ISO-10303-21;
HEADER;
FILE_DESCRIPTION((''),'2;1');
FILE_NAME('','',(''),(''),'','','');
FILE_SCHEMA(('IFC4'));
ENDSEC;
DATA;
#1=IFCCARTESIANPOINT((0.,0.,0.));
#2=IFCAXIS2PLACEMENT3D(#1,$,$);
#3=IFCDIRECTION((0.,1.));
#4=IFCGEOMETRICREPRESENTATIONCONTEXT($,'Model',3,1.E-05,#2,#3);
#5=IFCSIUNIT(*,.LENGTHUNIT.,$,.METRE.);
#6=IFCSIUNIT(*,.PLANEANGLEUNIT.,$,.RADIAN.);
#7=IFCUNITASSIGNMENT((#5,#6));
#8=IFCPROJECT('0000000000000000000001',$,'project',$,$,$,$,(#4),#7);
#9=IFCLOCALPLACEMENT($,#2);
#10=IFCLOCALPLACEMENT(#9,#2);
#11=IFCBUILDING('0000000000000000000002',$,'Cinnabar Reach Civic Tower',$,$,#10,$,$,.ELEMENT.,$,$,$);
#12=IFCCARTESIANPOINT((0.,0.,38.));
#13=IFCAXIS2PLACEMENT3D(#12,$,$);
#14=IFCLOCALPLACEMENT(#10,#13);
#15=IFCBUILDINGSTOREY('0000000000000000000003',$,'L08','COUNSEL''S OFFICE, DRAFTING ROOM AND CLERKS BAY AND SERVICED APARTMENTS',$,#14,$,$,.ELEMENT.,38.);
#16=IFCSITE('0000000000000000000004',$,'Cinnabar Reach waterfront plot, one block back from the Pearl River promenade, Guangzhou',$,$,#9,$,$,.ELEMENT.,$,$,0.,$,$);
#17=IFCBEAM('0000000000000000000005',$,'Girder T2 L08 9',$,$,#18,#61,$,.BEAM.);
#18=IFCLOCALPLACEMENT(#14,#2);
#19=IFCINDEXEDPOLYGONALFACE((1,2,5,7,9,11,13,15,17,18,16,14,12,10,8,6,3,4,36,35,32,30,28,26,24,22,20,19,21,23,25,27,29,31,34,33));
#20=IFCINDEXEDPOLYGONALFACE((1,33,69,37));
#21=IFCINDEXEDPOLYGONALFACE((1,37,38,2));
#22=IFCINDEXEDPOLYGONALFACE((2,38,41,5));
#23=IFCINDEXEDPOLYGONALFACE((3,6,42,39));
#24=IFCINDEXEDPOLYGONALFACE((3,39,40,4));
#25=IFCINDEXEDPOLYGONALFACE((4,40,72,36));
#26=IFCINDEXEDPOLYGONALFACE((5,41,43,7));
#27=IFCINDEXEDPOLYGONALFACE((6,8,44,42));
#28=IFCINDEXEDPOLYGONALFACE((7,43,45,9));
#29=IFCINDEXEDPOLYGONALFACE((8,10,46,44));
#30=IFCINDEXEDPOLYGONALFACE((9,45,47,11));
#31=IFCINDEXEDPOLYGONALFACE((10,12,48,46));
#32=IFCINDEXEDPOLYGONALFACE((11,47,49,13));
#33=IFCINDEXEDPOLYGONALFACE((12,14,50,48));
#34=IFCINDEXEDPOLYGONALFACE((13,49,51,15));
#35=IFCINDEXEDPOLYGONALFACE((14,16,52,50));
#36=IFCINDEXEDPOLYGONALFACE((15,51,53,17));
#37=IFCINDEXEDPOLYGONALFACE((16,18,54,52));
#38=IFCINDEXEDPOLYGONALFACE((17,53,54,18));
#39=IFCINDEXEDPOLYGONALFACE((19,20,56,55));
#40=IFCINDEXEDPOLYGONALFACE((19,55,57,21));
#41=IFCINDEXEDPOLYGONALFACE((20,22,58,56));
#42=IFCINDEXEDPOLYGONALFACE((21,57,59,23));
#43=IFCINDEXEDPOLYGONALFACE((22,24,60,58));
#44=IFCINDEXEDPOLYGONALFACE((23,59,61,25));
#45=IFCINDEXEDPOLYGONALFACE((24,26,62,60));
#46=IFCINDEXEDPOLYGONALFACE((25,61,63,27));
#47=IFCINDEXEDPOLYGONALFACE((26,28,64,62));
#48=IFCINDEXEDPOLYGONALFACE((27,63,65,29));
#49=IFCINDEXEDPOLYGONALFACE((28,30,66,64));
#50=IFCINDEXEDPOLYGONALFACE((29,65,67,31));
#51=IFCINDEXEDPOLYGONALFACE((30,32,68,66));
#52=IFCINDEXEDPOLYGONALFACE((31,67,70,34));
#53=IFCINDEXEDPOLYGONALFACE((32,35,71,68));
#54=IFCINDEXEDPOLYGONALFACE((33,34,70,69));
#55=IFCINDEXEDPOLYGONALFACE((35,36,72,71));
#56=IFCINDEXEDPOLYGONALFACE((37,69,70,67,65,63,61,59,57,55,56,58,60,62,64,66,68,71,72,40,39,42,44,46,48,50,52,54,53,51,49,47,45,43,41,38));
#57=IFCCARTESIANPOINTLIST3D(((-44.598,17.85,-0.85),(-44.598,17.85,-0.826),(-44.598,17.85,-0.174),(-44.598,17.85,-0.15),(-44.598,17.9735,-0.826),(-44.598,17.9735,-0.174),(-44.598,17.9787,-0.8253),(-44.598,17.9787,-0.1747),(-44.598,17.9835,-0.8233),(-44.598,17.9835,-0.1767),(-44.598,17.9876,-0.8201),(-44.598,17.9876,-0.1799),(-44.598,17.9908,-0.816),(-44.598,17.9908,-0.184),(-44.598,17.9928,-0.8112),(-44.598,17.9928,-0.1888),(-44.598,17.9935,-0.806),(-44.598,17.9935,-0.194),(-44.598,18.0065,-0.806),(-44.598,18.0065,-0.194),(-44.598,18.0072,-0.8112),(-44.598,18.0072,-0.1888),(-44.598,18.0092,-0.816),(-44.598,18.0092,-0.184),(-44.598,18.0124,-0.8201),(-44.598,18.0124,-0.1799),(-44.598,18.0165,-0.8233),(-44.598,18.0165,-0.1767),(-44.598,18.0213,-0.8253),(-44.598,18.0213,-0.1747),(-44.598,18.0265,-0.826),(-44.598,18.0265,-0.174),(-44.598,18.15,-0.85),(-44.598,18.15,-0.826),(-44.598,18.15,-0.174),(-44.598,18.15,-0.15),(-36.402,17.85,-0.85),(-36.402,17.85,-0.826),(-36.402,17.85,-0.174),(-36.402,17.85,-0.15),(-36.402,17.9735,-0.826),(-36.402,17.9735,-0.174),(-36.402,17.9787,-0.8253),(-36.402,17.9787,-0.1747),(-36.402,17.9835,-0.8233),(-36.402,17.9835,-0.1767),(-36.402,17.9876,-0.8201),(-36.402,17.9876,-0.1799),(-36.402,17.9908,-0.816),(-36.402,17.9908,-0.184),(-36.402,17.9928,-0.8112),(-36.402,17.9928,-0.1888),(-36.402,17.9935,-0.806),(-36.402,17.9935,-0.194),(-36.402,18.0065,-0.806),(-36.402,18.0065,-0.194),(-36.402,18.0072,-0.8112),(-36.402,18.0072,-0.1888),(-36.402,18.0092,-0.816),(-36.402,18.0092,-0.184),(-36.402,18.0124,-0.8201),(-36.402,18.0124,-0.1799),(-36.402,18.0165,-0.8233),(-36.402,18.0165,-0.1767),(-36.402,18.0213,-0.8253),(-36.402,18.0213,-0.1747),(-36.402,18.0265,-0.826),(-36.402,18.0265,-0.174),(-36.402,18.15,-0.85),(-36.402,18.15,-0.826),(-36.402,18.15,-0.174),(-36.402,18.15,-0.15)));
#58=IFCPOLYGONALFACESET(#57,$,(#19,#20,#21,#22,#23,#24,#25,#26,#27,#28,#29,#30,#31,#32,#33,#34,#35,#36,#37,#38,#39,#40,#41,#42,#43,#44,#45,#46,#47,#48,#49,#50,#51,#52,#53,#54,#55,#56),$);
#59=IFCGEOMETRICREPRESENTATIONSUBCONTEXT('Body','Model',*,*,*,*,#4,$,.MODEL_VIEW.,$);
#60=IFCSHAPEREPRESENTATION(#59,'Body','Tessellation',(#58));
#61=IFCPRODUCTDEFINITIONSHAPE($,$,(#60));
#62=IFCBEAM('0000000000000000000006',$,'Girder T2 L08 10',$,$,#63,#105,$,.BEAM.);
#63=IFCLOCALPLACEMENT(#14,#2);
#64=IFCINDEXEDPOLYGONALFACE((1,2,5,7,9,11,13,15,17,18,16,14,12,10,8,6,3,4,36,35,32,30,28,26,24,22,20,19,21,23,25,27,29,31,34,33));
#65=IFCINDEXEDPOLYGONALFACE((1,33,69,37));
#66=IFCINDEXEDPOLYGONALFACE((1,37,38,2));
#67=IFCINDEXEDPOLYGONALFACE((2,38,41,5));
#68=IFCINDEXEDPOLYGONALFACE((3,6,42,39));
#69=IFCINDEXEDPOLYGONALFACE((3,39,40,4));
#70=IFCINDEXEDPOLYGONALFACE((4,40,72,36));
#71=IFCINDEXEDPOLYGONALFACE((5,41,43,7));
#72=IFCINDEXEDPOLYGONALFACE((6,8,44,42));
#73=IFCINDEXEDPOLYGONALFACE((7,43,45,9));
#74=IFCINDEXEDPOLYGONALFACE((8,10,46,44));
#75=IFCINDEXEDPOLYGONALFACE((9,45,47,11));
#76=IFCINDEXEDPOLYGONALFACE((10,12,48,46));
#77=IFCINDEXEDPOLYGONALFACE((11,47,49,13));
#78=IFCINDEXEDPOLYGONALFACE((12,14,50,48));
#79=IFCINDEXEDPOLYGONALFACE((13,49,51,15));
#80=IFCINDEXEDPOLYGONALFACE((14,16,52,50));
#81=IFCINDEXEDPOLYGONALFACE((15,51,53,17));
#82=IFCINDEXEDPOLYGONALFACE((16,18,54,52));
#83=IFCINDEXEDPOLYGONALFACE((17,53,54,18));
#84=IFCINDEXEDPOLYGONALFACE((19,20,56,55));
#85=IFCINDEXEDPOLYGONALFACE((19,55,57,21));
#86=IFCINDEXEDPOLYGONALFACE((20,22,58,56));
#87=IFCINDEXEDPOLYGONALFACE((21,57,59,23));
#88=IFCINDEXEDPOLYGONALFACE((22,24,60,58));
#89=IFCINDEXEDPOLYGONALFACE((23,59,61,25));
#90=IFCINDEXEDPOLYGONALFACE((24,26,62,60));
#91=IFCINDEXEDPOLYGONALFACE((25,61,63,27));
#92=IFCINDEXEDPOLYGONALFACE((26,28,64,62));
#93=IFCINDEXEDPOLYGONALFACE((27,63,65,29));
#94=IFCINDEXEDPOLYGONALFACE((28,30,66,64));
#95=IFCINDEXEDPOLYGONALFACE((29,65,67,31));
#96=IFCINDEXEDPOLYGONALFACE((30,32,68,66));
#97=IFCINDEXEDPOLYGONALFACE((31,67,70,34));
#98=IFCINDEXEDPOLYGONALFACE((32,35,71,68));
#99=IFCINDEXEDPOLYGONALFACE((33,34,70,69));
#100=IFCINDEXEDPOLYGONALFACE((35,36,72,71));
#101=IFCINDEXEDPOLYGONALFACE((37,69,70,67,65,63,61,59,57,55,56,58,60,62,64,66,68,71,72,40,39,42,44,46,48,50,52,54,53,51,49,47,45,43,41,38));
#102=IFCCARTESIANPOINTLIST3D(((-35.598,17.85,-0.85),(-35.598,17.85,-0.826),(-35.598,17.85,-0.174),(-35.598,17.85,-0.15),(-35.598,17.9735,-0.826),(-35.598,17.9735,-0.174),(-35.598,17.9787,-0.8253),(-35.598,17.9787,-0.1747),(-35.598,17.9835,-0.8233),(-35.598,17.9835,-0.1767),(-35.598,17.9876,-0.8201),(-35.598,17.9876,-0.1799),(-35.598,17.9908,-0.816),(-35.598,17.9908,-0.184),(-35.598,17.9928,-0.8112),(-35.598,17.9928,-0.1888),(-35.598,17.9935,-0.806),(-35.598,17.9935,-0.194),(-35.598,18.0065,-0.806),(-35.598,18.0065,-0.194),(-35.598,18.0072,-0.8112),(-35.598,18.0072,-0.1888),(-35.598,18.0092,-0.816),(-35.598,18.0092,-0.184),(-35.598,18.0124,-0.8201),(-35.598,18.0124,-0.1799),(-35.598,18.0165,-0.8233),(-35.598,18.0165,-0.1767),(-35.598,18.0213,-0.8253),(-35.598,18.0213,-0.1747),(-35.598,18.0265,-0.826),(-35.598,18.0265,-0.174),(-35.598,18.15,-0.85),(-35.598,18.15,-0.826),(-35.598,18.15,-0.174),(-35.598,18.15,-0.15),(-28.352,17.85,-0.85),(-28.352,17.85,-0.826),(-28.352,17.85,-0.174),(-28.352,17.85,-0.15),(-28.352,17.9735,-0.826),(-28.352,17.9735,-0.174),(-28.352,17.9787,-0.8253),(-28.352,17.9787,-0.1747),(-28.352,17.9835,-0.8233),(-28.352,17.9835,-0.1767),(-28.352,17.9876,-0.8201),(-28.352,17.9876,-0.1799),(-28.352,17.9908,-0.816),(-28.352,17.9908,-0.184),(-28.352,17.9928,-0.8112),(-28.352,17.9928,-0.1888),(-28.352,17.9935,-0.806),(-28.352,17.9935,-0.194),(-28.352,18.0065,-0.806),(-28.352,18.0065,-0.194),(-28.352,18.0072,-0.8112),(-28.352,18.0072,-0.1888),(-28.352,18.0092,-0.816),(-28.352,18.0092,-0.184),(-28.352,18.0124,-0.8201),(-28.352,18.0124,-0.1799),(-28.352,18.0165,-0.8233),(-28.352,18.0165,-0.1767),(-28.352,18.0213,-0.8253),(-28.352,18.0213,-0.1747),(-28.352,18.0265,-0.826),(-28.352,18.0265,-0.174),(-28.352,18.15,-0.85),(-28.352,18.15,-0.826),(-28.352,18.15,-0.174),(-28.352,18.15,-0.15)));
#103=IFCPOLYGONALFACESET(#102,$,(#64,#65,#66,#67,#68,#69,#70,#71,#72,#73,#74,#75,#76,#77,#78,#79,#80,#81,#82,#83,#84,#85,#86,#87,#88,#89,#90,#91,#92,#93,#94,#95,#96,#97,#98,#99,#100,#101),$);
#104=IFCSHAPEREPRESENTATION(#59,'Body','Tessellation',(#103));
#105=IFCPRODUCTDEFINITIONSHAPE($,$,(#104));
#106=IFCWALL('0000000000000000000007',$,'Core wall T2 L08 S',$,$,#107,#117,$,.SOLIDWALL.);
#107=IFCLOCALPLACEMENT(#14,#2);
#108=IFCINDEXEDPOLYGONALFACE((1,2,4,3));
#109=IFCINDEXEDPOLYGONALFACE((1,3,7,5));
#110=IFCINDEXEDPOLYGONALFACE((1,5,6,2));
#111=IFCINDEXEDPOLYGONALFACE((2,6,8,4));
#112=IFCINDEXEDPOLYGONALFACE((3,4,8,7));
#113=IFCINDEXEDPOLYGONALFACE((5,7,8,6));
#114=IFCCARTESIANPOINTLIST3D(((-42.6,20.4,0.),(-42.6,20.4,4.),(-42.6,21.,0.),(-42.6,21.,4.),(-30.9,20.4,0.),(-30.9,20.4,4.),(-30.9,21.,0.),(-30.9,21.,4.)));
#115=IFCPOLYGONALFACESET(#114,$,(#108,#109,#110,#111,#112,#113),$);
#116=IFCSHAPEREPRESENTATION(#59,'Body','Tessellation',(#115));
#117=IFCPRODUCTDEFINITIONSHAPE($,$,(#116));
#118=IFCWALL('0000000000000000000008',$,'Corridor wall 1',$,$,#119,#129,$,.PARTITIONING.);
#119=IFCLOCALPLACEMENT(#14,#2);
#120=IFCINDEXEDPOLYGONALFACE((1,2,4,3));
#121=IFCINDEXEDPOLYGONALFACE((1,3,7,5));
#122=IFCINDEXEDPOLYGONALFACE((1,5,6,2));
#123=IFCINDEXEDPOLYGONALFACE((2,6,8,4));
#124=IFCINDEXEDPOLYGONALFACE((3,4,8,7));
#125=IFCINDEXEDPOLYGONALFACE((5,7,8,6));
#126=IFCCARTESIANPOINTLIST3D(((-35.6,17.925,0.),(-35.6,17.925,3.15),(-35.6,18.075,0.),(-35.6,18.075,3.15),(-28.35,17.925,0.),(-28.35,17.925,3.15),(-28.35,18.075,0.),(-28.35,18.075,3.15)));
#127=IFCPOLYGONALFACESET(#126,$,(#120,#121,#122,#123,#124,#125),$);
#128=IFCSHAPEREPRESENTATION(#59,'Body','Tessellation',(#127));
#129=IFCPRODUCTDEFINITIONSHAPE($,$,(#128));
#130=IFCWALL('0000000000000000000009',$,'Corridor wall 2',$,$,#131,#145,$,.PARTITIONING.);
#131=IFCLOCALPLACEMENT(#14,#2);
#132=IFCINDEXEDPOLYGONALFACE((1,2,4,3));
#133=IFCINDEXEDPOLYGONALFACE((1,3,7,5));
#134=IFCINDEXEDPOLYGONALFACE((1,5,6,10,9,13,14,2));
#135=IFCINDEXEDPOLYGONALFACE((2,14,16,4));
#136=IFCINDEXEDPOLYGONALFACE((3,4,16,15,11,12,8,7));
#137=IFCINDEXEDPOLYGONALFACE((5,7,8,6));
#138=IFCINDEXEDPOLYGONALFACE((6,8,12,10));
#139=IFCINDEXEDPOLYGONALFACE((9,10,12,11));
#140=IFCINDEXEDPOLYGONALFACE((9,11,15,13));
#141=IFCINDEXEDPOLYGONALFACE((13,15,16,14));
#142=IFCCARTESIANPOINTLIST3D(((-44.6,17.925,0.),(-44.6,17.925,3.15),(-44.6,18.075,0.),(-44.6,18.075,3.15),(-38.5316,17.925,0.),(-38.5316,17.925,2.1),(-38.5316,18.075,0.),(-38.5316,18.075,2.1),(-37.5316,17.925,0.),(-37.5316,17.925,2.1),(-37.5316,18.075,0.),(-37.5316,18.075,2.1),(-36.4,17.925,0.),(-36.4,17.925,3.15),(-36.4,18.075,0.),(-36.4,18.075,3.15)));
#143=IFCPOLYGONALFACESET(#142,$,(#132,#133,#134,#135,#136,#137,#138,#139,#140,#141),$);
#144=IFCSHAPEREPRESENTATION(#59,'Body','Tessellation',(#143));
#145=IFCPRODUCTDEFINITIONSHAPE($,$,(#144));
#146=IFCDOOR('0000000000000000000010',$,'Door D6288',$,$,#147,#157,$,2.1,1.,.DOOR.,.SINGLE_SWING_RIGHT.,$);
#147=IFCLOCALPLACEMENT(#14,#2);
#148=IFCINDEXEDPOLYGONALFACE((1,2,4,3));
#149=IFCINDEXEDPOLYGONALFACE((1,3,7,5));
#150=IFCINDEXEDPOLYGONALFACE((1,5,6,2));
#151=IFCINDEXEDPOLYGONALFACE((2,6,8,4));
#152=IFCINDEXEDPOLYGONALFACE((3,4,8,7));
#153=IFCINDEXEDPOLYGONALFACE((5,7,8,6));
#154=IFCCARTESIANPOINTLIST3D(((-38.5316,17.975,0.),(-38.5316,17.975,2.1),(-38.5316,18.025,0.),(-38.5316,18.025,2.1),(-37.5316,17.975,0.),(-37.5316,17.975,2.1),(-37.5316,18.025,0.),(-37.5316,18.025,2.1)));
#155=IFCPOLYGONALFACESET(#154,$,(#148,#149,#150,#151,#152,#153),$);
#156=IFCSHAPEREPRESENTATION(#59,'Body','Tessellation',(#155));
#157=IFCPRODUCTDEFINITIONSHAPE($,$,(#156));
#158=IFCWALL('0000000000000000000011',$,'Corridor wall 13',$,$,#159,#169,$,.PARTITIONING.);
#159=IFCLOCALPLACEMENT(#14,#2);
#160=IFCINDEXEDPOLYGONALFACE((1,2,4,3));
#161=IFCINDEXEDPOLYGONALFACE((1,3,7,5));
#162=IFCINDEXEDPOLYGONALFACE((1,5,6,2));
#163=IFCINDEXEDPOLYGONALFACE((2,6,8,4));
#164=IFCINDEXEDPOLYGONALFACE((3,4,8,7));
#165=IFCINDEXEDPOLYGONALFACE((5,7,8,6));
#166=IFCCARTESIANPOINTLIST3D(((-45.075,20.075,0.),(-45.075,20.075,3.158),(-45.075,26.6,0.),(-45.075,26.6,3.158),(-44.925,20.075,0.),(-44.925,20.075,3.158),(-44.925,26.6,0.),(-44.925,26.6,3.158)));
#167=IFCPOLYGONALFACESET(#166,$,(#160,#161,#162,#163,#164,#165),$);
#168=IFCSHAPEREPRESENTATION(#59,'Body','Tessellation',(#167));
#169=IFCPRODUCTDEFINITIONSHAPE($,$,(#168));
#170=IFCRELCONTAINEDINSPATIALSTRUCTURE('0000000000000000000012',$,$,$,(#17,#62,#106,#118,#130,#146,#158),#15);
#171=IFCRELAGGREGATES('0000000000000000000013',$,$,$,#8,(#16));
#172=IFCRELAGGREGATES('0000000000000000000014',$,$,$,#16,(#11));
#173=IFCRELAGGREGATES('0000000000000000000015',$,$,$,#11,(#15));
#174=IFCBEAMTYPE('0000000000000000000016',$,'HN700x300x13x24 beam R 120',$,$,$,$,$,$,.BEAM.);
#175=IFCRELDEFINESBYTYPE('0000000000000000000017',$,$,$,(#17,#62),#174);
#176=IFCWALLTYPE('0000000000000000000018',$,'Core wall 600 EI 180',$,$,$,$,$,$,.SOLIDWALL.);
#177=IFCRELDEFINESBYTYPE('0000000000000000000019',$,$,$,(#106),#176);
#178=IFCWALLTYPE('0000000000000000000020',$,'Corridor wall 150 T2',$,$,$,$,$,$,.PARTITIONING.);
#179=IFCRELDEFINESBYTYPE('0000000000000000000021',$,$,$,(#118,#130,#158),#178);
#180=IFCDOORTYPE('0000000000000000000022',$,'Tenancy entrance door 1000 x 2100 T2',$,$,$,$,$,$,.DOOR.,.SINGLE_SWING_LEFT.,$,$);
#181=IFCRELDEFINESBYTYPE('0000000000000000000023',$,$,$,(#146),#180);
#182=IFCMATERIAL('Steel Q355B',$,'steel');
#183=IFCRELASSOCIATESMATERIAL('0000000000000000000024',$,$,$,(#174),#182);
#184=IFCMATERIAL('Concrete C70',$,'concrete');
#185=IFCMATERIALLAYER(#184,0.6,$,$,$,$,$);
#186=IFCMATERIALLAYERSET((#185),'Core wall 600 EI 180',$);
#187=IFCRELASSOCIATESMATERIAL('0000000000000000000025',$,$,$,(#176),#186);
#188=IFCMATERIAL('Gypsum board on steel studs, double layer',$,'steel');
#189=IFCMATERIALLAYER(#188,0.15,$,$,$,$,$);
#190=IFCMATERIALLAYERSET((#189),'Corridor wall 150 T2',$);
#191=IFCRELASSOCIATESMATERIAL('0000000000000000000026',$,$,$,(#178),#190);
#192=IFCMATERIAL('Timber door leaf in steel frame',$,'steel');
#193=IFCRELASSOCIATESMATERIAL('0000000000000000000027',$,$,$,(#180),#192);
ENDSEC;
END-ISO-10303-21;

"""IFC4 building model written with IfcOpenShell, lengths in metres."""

from ifc_helpers import new_model, si_unit, direction, frame, frame_2d, origin, origin_2d, place, context, subcontext, project, spatial, rectangle, i_section, extrude, material, layer, layer_set, material_profile, profile_set, type_object, element, fill, save


model = new_model("IFC4")

# Units and contexts
model_context = context("Model", 3, precision=1e-05, world=origin(), true_north=direction((0.0, 1.0)))
body_context = subcontext(model_context, "Body", "Model", "MODEL_VIEW")
ifc_project = project(units=[si_unit("LENGTHUNIT", "METRE"), si_unit("PLANEANGLEUNIT", "RADIAN")], contexts=[model_context])

# Site, building, storey
site_placement = place(None, origin())
site = spatial("IfcSite", under=ifc_project, at=site_placement, Name="Cinnabar Reach waterfront plot, one block back from the Pearl River promenade, Guangzhou", CompositionType="ELEMENT", RefElevation=0.0)
building_placement = place(site_placement, origin())
building = spatial("IfcBuilding", under=site, at=building_placement, Name="Cinnabar Reach Civic Tower", CompositionType="ELEMENT")
storey_placement = place(building_placement, frame((0.0, 0.0, 38.0)))
storey = spatial("IfcBuildingStorey", under=building, at=storey_placement, Name="L08", Description="COUNSEL'S OFFICE, DRAFTING ROOM AND CLERKS BAY AND SERVICED APARTMENTS", CompositionType="ELEMENT", Elevation=38.0)

# Beams
ifc_material_1 = material(Name="Steel Q355B", Category="steel")
ifc_material_profile_1 = material_profile(ifc_material_1, i_section(OverallWidth=0.3, OverallDepth=0.7, WebThickness=0.013, FlangeThickness=0.024, FilletRadius=0.02, at=origin_2d()), Name="HN700x300x13x24")
ifc_profile_set_1 = profile_set([ifc_material_profile_1], Name="Steel Q355B")
beam_type_1 = type_object("IfcBeamType", Name="HN700x300x13x24 beam R 120", PredefinedType="BEAM", material=ifc_profile_set_1)
beam_1_placement = place(storey_placement, frame((-44.598, 18.0, -0.5), z_axis=(1.0, 0.0, 0.0), x_axis=(0.0, 1.0, 0.0)))
element("IfcBeam", 1, at=beam_1_placement, inside=storey, type_object=beam_type_1, Name="Girder T2 L08 9", PredefinedType="BEAM", context=body_context, shape_type="SweptSolid", body=[
    extrude(i_section(OverallWidth=0.3, OverallDepth=0.7, WebThickness=0.013, FlangeThickness=0.024, FilletRadius=0.02, at=origin_2d()), origin(), (0.0, 0.0, 1.0), 8.196),
])
beam_2_placement = place(storey_placement, frame((-35.598, 18.0, -0.5), z_axis=(1.0, 0.0, 0.0), x_axis=(0.0, 1.0, 0.0)))
element("IfcBeam", 2, at=beam_2_placement, inside=storey, type_object=beam_type_1, Name="Girder T2 L08 10", PredefinedType="BEAM", context=body_context, shape_type="SweptSolid", body=[
    extrude(i_section(OverallWidth=0.3, OverallDepth=0.7, WebThickness=0.013, FlangeThickness=0.024, FilletRadius=0.02, at=origin_2d()), origin(), (0.0, 0.0, 1.0), 7.246),
])

# Walls
ifc_material_2 = material(Name="Concrete C70", Category="concrete")
ifc_layer_1 = layer(ifc_material_2, 0.6)
ifc_layer_set_1 = layer_set([ifc_layer_1], Name="Core wall 600 EI 180")
wall_type_1 = type_object("IfcWallType", Name="Core wall 600 EI 180", PredefinedType="SOLIDWALL", material=ifc_layer_set_1)
wall_1_placement = place(storey_placement, frame((-42.6, 20.7, 0.0), z_axis=(0.0, 0.0, 1.0), x_axis=(1.0, 0.0, 0.0)))
element("IfcWall", 3, at=wall_1_placement, inside=storey, type_object=wall_type_1, Name="Core wall T2 L08 S", PredefinedType="SOLIDWALL", context=body_context, shape_type="SweptSolid", body=[
    extrude(rectangle(XDim=11.7, YDim=0.6, at=frame_2d((5.85, 0.0))), origin(), (0.0, 0.0, 1.0), 4.0),
])
ifc_material_3 = material(Name="Gypsum board on steel studs, double layer", Category="steel")
ifc_layer_2 = layer(ifc_material_3, 0.15)
ifc_layer_set_2 = layer_set([ifc_layer_2], Name="Corridor wall 150 T2")
wall_type_2 = type_object("IfcWallType", Name="Corridor wall 150 T2", PredefinedType="PARTITIONING", material=ifc_layer_set_2)
wall_2_placement = place(storey_placement, frame((-35.6, 18.0, 0.0), z_axis=(0.0, 0.0, 1.0), x_axis=(1.0, 0.0, 0.0)))
element("IfcWall", 4, at=wall_2_placement, inside=storey, type_object=wall_type_2, Name="Corridor wall 1", PredefinedType="PARTITIONING", context=body_context, shape_type="SweptSolid", body=[
    extrude(rectangle(XDim=7.25, YDim=0.15, at=frame_2d((3.625, 0.0))), origin(), (0.0, 0.0, 1.0), 3.15),
])

# Wall, opening, door
wall_3_placement = place(storey_placement, frame((-44.6, 18.0, 0.0), z_axis=(0.0, 0.0, 1.0), x_axis=(1.0, 0.0, 0.0)))
wall_3 = element("IfcWall", 5, at=wall_3_placement, inside=storey, type_object=wall_type_2, Name="Corridor wall 2", PredefinedType="PARTITIONING", context=body_context, shape_type="SweptSolid", body=[
    extrude(rectangle(XDim=8.2, YDim=0.15, at=frame_2d((4.1, 0.0))), origin(), (0.0, 0.0, 1.0), 3.15),
])
opening_1_placement = place(wall_3_placement, frame((6.0684, 0.0, 0.0)))
opening_1 = element("IfcOpeningElement", 6, at=opening_1_placement, cuts=wall_3, PredefinedType="OPENING", context=body_context, shape_type="SweptSolid", body=[
    extrude(rectangle(XDim=1.0, YDim=2.1, at=frame_2d((0.5, 1.05))), frame((0.0, 0.085, 0.0), z_axis=(0.0, -1.0, 0.0), x_axis=(1.0, 0.0, 0.0)), (0.0, 0.0, 1.0), 0.17),
])
ifc_material_4 = material(Name="Timber door leaf in steel frame", Category="steel")
door_type_1 = type_object("IfcDoorType", Name="Tenancy entrance door 1000 x 2100 T2", OperationType="SINGLE_SWING_LEFT", PredefinedType="DOOR", material=ifc_material_4)
door_1_placement = place(opening_1_placement, frame((1.0, 0.0, 0.0), z_axis=(0.0, 0.0, 1.0), x_axis=(-1.0, 0.0, 0.0)))
door_1 = element("IfcDoor", 7, at=door_1_placement, inside=storey, type_object=door_type_1, Name="Door D6288", OperationType="SINGLE_SWING_RIGHT", OverallHeight=2.1, OverallWidth=1.0, PredefinedType="DOOR", context=body_context, shape_type="SweptSolid", body=[
    extrude(rectangle(XDim=1.0, YDim=2.1, at=frame_2d((0.5, 1.05))), frame((0.0, 0.025, 0.0), z_axis=(0.0, -1.0, 0.0), x_axis=(1.0, 0.0, 0.0)), (0.0, 0.0, 1.0), 0.05),
])
fill(opening_1, door_1)

# Wall
wall_4_placement = place(storey_placement, frame((-45.0, 20.075, 0.0), z_axis=(0.0, 0.0, 1.0), x_axis=(0.0, 1.0, 0.0)))
element("IfcWall", 8, at=wall_4_placement, inside=storey, type_object=wall_type_2, Name="Corridor wall 13", PredefinedType="PARTITIONING", context=body_context, shape_type="SweptSolid", body=[
    extrude(rectangle(XDim=6.525, YDim=0.15, at=frame_2d((3.2625, 0.0))), origin(), (0.0, 0.0, 1.0), 3.158),
])

save(model, "model.ifc")
